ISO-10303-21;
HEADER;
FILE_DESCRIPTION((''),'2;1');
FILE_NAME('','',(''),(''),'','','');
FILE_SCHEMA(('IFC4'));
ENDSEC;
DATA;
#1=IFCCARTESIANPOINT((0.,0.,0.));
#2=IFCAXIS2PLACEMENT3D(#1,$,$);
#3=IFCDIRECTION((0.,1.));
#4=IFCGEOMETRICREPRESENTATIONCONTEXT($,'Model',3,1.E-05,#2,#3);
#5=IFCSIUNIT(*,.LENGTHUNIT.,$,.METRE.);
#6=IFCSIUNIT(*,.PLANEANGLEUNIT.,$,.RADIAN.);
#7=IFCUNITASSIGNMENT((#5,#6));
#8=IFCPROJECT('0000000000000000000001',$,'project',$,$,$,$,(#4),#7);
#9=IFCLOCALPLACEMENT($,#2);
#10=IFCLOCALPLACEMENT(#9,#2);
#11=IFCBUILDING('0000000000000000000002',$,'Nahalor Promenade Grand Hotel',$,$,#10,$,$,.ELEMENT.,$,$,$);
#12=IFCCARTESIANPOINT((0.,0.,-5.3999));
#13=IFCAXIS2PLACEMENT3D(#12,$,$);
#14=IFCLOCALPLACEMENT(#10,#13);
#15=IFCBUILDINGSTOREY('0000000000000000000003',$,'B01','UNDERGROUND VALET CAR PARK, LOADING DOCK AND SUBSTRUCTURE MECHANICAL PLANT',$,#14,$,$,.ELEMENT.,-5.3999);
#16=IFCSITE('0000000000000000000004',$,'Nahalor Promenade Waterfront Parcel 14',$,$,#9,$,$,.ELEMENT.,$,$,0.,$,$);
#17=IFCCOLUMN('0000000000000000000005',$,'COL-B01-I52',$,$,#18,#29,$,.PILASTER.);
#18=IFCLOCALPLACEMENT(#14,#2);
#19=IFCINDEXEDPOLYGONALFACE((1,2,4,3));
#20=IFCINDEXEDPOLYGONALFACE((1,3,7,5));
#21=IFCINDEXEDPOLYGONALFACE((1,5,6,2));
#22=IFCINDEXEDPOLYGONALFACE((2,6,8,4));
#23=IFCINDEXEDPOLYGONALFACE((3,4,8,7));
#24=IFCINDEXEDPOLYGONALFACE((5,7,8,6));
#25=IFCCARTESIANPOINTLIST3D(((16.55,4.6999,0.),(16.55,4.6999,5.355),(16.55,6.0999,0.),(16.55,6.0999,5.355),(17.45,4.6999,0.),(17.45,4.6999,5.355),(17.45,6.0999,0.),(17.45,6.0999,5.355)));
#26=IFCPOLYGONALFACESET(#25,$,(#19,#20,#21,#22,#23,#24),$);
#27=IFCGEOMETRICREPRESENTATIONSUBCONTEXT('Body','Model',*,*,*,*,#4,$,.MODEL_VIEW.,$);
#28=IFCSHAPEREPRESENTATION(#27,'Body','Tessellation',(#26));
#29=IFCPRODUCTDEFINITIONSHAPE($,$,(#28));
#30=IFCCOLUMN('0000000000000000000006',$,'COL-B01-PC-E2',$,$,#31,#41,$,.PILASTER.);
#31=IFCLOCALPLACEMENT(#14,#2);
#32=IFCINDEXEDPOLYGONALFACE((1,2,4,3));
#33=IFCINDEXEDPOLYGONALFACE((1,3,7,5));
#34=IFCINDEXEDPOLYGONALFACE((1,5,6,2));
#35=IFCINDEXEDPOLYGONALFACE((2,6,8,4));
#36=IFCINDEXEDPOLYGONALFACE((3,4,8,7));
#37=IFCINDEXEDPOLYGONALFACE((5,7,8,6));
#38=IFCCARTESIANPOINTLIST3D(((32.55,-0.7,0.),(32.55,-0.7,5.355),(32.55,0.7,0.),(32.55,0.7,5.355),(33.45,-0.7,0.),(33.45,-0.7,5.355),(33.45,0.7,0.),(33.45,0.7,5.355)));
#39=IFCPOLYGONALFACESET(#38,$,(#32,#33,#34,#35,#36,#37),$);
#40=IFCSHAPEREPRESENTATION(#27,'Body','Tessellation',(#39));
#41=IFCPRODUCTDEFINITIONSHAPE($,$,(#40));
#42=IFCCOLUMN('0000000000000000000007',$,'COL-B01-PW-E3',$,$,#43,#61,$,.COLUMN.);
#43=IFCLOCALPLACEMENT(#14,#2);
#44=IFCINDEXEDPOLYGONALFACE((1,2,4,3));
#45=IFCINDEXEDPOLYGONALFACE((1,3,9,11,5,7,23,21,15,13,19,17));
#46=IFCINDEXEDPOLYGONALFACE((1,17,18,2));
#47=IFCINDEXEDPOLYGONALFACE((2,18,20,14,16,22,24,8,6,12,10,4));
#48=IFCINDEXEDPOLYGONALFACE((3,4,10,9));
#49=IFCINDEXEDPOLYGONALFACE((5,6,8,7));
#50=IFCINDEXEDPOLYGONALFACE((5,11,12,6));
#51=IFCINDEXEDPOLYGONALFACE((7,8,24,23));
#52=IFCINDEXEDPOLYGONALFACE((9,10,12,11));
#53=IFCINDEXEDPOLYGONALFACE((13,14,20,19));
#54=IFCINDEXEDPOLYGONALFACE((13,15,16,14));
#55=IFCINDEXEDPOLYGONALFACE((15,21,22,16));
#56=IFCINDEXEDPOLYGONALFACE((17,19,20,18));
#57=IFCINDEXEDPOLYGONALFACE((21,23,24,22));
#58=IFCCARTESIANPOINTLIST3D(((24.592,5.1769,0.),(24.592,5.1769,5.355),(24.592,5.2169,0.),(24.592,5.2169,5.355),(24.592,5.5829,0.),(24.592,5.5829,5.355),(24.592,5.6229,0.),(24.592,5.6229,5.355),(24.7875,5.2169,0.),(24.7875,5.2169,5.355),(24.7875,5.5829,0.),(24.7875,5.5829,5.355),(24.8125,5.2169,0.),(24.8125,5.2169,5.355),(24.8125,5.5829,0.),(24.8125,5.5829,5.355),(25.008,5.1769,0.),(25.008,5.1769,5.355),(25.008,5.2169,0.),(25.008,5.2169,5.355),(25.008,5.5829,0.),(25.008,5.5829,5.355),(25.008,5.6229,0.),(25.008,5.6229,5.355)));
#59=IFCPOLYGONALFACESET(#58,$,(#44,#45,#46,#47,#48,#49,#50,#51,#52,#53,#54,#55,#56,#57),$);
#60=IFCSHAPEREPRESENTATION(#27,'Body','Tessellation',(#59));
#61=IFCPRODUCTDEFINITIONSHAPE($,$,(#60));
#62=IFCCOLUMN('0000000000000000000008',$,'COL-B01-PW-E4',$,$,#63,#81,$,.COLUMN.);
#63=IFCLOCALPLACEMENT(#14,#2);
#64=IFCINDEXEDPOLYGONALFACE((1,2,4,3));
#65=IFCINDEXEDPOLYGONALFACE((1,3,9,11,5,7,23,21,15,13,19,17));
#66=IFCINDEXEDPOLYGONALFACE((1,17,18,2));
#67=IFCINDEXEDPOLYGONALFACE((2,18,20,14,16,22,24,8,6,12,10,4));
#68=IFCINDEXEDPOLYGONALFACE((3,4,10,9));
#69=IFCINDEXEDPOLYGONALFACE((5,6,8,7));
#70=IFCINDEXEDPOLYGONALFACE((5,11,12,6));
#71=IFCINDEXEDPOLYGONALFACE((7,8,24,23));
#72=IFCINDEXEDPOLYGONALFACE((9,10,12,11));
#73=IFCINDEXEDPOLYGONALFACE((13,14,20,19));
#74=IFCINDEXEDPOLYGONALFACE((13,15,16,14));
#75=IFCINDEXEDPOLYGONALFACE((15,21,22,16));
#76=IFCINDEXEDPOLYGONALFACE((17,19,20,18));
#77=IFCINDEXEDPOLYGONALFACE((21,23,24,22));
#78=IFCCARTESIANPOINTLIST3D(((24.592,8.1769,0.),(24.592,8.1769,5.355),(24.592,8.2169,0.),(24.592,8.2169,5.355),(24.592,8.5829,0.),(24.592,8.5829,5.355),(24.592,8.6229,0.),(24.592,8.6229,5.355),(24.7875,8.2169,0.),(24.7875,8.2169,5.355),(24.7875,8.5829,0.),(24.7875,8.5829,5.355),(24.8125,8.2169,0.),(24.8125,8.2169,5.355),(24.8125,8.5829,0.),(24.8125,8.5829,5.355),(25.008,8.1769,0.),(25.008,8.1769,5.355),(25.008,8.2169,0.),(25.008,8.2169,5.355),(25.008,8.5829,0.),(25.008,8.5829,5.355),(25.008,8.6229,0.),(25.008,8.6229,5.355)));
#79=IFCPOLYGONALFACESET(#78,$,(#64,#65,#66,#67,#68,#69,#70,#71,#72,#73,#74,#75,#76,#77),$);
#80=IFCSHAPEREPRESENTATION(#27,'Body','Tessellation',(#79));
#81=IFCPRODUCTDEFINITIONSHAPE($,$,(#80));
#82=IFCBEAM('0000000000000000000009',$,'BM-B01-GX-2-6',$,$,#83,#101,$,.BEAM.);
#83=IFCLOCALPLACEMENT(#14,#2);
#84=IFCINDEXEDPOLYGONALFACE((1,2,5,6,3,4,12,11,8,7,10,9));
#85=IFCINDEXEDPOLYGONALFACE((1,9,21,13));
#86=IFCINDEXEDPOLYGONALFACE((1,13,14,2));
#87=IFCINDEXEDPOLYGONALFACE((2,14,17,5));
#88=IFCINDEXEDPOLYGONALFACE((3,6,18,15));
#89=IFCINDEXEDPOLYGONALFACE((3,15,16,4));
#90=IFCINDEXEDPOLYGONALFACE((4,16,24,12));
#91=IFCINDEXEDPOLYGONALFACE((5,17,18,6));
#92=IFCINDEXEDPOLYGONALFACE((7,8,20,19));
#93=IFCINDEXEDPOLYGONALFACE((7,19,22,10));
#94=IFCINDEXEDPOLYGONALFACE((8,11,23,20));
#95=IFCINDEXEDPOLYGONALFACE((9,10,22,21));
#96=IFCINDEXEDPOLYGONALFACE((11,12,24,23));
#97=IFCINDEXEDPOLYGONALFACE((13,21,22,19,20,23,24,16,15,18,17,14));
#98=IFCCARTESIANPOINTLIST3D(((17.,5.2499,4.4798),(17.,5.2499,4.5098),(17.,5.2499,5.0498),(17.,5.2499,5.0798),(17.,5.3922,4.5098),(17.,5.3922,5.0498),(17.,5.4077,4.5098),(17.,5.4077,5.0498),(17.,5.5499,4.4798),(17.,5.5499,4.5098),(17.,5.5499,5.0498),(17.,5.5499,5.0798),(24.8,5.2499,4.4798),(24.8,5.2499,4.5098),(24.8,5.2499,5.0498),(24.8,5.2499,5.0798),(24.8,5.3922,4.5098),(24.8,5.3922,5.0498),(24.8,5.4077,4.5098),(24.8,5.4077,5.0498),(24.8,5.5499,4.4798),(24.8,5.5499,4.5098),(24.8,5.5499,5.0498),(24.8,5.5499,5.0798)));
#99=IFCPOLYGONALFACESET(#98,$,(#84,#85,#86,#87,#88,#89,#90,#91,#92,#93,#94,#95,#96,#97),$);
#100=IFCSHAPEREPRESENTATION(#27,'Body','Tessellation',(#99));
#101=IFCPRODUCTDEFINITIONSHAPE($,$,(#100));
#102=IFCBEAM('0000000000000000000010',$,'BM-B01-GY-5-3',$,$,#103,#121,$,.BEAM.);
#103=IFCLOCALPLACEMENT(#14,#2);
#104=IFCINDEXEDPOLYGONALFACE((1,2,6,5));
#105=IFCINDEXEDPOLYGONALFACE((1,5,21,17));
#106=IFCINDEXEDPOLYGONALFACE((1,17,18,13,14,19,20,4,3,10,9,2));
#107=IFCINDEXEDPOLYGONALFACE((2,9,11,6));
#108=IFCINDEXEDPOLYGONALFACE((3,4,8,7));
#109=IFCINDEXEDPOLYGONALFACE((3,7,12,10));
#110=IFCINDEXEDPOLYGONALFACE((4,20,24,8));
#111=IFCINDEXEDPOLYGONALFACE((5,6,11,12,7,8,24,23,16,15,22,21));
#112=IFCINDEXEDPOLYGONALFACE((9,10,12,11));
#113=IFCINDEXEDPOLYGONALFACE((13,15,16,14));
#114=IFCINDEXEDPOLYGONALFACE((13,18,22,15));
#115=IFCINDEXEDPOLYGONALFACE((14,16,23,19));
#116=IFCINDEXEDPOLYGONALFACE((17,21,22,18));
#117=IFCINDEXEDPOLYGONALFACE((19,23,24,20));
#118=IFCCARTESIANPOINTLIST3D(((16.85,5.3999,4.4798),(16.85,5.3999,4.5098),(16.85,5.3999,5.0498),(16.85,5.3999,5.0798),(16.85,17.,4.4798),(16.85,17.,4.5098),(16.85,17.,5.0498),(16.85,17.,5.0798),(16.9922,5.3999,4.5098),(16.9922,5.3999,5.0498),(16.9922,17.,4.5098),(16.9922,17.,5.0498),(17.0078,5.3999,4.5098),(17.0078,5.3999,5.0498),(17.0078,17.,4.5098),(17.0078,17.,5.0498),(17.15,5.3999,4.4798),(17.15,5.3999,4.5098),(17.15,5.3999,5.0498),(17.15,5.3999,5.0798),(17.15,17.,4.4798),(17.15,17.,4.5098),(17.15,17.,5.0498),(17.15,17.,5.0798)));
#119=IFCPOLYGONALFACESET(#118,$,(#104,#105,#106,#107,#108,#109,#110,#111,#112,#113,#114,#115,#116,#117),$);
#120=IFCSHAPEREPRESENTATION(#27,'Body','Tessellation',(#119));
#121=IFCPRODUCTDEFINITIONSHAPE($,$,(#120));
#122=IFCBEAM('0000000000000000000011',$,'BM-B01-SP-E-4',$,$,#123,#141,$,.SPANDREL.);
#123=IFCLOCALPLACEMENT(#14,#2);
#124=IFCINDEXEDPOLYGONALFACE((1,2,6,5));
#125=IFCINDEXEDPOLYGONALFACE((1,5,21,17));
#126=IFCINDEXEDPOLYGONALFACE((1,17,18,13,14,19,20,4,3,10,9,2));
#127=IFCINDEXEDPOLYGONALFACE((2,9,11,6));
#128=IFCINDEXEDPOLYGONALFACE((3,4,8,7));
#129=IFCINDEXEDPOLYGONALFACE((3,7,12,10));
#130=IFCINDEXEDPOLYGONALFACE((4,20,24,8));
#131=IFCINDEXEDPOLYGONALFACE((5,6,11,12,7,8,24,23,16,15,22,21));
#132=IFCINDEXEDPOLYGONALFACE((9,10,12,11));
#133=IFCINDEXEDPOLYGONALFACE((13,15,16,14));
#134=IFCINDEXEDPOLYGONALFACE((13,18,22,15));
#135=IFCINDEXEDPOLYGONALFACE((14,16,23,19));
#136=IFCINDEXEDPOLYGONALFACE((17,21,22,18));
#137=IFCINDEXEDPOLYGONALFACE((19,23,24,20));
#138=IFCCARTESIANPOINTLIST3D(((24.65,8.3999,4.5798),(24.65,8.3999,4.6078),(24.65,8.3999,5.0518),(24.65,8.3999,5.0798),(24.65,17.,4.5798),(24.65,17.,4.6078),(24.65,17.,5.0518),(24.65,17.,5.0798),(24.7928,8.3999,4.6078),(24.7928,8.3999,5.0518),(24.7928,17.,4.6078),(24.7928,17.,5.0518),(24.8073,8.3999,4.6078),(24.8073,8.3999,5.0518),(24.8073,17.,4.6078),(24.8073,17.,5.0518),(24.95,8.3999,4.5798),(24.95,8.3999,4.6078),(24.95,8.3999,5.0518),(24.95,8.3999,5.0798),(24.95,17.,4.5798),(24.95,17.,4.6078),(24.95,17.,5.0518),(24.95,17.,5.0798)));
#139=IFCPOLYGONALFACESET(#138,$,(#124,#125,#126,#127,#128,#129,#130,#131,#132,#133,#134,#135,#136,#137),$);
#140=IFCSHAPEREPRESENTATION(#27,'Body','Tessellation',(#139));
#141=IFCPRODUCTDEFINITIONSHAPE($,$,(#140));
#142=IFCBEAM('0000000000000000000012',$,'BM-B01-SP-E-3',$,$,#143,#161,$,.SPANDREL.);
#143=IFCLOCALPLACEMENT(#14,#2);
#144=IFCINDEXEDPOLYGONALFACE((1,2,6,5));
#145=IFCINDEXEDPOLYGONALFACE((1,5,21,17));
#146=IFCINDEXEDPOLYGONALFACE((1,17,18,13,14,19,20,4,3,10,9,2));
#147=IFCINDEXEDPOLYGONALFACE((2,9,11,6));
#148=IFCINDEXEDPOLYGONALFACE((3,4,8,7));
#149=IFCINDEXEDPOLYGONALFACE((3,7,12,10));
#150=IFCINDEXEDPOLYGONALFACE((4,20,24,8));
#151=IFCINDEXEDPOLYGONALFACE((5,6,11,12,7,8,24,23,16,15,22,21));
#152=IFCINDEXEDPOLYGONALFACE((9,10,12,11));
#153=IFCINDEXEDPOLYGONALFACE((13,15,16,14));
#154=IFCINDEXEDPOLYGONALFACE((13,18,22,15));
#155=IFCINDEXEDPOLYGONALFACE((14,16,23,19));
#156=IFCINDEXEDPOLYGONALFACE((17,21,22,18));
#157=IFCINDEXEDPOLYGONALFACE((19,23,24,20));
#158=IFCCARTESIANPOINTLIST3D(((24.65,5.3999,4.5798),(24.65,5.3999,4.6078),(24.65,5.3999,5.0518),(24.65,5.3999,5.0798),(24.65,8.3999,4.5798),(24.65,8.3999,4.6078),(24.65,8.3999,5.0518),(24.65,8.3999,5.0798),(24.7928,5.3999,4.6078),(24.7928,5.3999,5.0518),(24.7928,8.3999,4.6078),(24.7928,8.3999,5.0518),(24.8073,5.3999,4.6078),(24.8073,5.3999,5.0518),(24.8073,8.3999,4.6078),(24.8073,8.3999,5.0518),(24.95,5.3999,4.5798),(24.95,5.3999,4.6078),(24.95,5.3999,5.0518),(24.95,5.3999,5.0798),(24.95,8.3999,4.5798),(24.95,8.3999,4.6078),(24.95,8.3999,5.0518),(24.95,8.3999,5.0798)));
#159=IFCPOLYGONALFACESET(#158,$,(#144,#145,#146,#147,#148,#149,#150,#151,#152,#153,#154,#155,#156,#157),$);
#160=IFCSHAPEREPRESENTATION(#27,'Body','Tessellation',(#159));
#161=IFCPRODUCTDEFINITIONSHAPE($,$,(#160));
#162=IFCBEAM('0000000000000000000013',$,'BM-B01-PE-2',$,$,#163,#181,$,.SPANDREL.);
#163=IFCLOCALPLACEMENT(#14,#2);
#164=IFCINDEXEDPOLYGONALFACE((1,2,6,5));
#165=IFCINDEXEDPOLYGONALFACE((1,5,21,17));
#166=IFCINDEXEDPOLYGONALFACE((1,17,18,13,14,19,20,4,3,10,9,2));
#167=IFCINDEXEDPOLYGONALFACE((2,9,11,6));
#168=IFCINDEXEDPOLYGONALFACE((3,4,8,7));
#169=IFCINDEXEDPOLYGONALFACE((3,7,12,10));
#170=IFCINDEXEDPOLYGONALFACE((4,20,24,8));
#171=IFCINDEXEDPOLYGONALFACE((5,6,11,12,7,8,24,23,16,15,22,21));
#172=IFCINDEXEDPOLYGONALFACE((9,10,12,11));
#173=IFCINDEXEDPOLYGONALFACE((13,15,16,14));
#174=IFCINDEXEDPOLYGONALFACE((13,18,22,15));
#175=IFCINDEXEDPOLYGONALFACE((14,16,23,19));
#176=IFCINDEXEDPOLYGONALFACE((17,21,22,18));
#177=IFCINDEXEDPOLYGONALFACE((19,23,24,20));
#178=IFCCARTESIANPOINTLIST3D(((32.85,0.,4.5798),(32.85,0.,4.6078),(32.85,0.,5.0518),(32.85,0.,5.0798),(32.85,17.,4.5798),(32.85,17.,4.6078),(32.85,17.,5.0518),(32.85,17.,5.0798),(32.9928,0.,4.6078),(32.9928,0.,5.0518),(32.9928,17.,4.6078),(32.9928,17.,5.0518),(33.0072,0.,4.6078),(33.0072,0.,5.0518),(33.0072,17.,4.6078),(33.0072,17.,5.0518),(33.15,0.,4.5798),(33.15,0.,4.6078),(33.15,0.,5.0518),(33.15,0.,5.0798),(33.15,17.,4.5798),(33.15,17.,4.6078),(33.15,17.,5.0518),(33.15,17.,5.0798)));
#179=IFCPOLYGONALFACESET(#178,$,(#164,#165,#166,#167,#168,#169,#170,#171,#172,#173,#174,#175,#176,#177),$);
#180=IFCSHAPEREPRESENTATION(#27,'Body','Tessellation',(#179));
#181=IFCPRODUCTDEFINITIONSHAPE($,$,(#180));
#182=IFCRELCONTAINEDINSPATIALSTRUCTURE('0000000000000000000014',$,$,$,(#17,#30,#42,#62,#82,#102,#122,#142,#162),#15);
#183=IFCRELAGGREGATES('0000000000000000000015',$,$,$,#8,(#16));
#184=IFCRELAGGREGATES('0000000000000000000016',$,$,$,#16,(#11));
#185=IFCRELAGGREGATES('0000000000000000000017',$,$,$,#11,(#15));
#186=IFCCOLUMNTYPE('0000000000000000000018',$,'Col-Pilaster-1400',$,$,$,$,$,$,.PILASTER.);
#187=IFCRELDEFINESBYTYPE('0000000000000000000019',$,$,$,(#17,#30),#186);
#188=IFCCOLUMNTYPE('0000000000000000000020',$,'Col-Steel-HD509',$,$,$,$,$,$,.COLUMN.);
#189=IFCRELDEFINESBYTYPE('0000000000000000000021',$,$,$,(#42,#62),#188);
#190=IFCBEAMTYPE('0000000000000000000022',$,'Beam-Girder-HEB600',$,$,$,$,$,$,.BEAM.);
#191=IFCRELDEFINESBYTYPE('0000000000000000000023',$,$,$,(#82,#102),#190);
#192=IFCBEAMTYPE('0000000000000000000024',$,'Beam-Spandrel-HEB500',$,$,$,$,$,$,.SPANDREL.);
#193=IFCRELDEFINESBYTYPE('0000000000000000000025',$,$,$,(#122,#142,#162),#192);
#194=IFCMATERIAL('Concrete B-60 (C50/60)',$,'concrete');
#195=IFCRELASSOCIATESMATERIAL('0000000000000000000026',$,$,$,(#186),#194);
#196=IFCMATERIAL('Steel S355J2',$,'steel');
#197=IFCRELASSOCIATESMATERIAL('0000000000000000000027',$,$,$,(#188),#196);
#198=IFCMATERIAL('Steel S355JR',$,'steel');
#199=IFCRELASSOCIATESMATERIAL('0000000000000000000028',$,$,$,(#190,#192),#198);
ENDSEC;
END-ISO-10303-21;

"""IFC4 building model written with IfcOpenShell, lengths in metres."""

from ifc_helpers import new_model, si_unit, direction, frame, origin, origin_2d, place, context, subcontext, project, spatial, rectangle, i_section, extrude, source, transform, mapped, material, material_profile, profile_set, type_object, element, save


model = new_model("IFC4")

# Units and contexts
model_context = context("Model", 3, precision=1e-05, world=origin(), true_north=direction((0.0, 1.0)))
body_context = subcontext(model_context, "Body", "Model", "MODEL_VIEW")
ifc_project = project(units=[si_unit("LENGTHUNIT", "METRE"), si_unit("PLANEANGLEUNIT", "RADIAN")], contexts=[model_context])

# Site, building, storey
site_placement = place(None, origin())
site = spatial("IfcSite", under=ifc_project, at=site_placement, Name="Nahalor Promenade Waterfront Parcel 14", CompositionType="ELEMENT", RefElevation=0.0)
building_placement = place(site_placement, origin())
building = spatial("IfcBuilding", under=site, at=building_placement, Name="Nahalor Promenade Grand Hotel", CompositionType="ELEMENT")
storey_placement = place(building_placement, frame((0.0, 0.0, -5.3999)))
storey = spatial("IfcBuildingStorey", under=building, at=storey_placement, Name="B01", Description="UNDERGROUND VALET CAR PARK, LOADING DOCK AND SUBSTRUCTURE MECHANICAL PLANT", CompositionType="ELEMENT", Elevation=-5.3999)

# Columns
ifc_material_1 = material(Name="Concrete B-60 (C50/60)", Category="concrete")
ifc_material_profile_1 = material_profile(ifc_material_1, rectangle(XDim=0.9, YDim=1.4, at=origin_2d()), Name="RC 900x1400")
ifc_profile_set_1 = profile_set([ifc_material_profile_1], Name="Concrete B-60 (C50/60)")
column_type_1 = type_object("IfcColumnType", Name="Col-Pilaster-1400", PredefinedType="PILASTER", material=ifc_profile_set_1)
shared_shape_1 = source(origin(), body_context, "Body", "SweptSolid", [
    extrude(rectangle(XDim=0.9, YDim=1.4, at=origin_2d()), origin(), (0.0, 0.0, 1.0), 5.355),
])
for number, where, z_axis, x_axis, name in (
    (1, (17.0, 5.3999, 0.0), (0.0, 0.0, 1.0), (1.0, 0.0, 0.0), "COL-B01-I52"),
    (2, (33.0, 0.0, 0.0), (0.0, 0.0, 1.0), (1.0, 0.0, 0.0), "COL-B01-PC-E2"),
):
    element("IfcColumn", number, at=place(storey_placement, frame(where, z_axis=z_axis, x_axis=x_axis)), inside=storey, type_object=column_type_1, Name=name, PredefinedType="PILASTER", context=body_context, shape_type="MappedRepresentation", body=[
        mapped(shared_shape_1, transform((0.0, 0.0, 0.0), scale=1.0)),
    ])
ifc_material_2 = material(Name="Steel S355J2", Category="steel")
ifc_material_profile_2 = material_profile(ifc_material_2, i_section(OverallWidth=0.416, OverallDepth=0.446, WebThickness=0.025, FlangeThickness=0.04, at=origin_2d()), Name="HD 400x509")
ifc_profile_set_2 = profile_set([ifc_material_profile_2], Name="Steel S355J2")
column_type_2 = type_object("IfcColumnType", Name="Col-Steel-HD509", PredefinedType="COLUMN", material=ifc_profile_set_2)
shared_shape_2 = source(origin(), body_context, "Body", "SweptSolid", [
    extrude(i_section(OverallWidth=0.416, OverallDepth=0.446, WebThickness=0.025, FlangeThickness=0.04, at=origin_2d()), origin(), (0.0, 0.0, 1.0), 5.355),
])
for number, where, z_axis, x_axis, name in (
    (3, (24.8, 5.3999, 0.0), (0.0, 0.0, 1.0), (1.0, 0.0, 0.0), "COL-B01-PW-E3"),
    (4, (24.8, 8.3999, 0.0), (0.0, 0.0, 1.0), (1.0, 0.0, 0.0), "COL-B01-PW-E4"),
):
    element("IfcColumn", number, at=place(storey_placement, frame(where, z_axis=z_axis, x_axis=x_axis)), inside=storey, type_object=column_type_2, Name=name, PredefinedType="COLUMN", context=body_context, shape_type="MappedRepresentation", body=[
        mapped(shared_shape_2, transform((0.0, 0.0, 0.0), scale=1.0)),
    ])

# Beams
ifc_material_3 = material(Name="Steel S355JR", Category="steel")
ifc_material_profile_3 = material_profile(ifc_material_3, i_section(OverallWidth=0.3, OverallDepth=0.6, WebThickness=0.0155, FlangeThickness=0.03, at=origin_2d()), Name="HEB 600")
ifc_profile_set_3 = profile_set([ifc_material_profile_3], Name="Steel S355JR")
beam_type_1 = type_object("IfcBeamType", Name="Beam-Girder-HEB600", PredefinedType="BEAM", material=ifc_profile_set_3)
shared_shape_3 = source(origin(), body_context, "Body", "SweptSolid", [
    extrude(i_section(OverallWidth=0.3, OverallDepth=0.6, WebThickness=0.0155, FlangeThickness=0.03, at=origin_2d()), origin(), (0.0, 0.0, 1.0), 7.8),
])
beam_1_placement = place(storey_placement, frame((17.0, 5.3999, 4.7798), z_axis=(1.0, 0.0, 0.0), x_axis=(0.0, 1.0, 0.0)))
element("IfcBeam", 5, at=beam_1_placement, inside=storey, type_object=beam_type_1, Name="BM-B01-GX-2-6", PredefinedType="BEAM", context=body_context, shape_type="MappedRepresentation", body=[
    mapped(shared_shape_3, transform((0.0, 0.0, 0.0), scale=1.0)),
])
shared_shape_4 = source(origin(), body_context, "Body", "SweptSolid", [
    extrude(i_section(OverallWidth=0.3, OverallDepth=0.6, WebThickness=0.0155, FlangeThickness=0.03, at=origin_2d()), origin(), (0.0, 0.0, 1.0), 11.6001),
])
beam_2_placement = place(storey_placement, frame((17.0, 5.3999, 4.7798), z_axis=(0.0, 1.0, 0.0), x_axis=(-1.0, 0.0, 0.0)))
element("IfcBeam", 6, at=beam_2_placement, inside=storey, type_object=beam_type_1, Name="BM-B01-GY-5-3", PredefinedType="BEAM", context=body_context, shape_type="MappedRepresentation", body=[
    mapped(shared_shape_4, transform((0.0, 0.0, 0.0), scale=1.0)),
])
ifc_material_profile_4 = material_profile(ifc_material_3, i_section(OverallWidth=0.3, OverallDepth=0.5, WebThickness=0.0145, FlangeThickness=0.028, at=origin_2d()), Name="HEB 500")
ifc_profile_set_4 = profile_set([ifc_material_profile_4], Name="Steel S355JR")
beam_type_2 = type_object("IfcBeamType", Name="Beam-Spandrel-HEB500", PredefinedType="SPANDREL", material=ifc_profile_set_4)
shared_shape_5 = source(origin(), body_context, "Body", "SweptSolid", [
    extrude(i_section(OverallWidth=0.3, OverallDepth=0.5, WebThickness=0.0145, FlangeThickness=0.028, at=origin_2d()), origin(), (0.0, 0.0, 1.0), 8.6001),
])
beam_3_placement = place(storey_placement, frame((24.8, 8.3999, 4.8298), z_axis=(0.0, 1.0, 0.0), x_axis=(-1.0, 0.0, 0.0)))
element("IfcBeam", 7, at=beam_3_placement, inside=storey, type_object=beam_type_2, Name="BM-B01-SP-E-4", PredefinedType="SPANDREL", context=body_context, shape_type="MappedRepresentation", body=[
    mapped(shared_shape_5, transform((0.0, 0.0, 0.0), scale=1.0)),
])
shared_shape_6 = source(origin(), body_context, "Body", "SweptSolid", [
    extrude(i_section(OverallWidth=0.3, OverallDepth=0.5, WebThickness=0.0145, FlangeThickness=0.028, at=origin_2d()), origin(), (0.0, 0.0, 1.0), 3.0),
])
beam_4_placement = place(storey_placement, frame((24.8, 5.3999, 4.8298), z_axis=(0.0, 1.0, 0.0), x_axis=(-1.0, 0.0, 0.0)))
element("IfcBeam", 8, at=beam_4_placement, inside=storey, type_object=beam_type_2, Name="BM-B01-SP-E-3", PredefinedType="SPANDREL", context=body_context, shape_type="MappedRepresentation", body=[
    mapped(shared_shape_6, transform((0.0, 0.0, 0.0), scale=1.0)),
])
shared_shape_7 = source(origin(), body_context, "Body", "SweptSolid", [
    extrude(i_section(OverallWidth=0.3, OverallDepth=0.5, WebThickness=0.0145, FlangeThickness=0.028, at=origin_2d()), origin(), (0.0, 0.0, 1.0), 17.0),
])
beam_5_placement = place(storey_placement, frame((33.0, 0.0, 4.8298), z_axis=(0.0, 1.0, 0.0), x_axis=(-1.0, 0.0, 0.0)))
element("IfcBeam", 9, at=beam_5_placement, inside=storey, type_object=beam_type_2, Name="BM-B01-PE-2", PredefinedType="SPANDREL", context=body_context, shape_type="MappedRepresentation", body=[
    mapped(shared_shape_7, transform((0.0, 0.0, 0.0), scale=1.0)),
])

save(model, "model.ifc")
